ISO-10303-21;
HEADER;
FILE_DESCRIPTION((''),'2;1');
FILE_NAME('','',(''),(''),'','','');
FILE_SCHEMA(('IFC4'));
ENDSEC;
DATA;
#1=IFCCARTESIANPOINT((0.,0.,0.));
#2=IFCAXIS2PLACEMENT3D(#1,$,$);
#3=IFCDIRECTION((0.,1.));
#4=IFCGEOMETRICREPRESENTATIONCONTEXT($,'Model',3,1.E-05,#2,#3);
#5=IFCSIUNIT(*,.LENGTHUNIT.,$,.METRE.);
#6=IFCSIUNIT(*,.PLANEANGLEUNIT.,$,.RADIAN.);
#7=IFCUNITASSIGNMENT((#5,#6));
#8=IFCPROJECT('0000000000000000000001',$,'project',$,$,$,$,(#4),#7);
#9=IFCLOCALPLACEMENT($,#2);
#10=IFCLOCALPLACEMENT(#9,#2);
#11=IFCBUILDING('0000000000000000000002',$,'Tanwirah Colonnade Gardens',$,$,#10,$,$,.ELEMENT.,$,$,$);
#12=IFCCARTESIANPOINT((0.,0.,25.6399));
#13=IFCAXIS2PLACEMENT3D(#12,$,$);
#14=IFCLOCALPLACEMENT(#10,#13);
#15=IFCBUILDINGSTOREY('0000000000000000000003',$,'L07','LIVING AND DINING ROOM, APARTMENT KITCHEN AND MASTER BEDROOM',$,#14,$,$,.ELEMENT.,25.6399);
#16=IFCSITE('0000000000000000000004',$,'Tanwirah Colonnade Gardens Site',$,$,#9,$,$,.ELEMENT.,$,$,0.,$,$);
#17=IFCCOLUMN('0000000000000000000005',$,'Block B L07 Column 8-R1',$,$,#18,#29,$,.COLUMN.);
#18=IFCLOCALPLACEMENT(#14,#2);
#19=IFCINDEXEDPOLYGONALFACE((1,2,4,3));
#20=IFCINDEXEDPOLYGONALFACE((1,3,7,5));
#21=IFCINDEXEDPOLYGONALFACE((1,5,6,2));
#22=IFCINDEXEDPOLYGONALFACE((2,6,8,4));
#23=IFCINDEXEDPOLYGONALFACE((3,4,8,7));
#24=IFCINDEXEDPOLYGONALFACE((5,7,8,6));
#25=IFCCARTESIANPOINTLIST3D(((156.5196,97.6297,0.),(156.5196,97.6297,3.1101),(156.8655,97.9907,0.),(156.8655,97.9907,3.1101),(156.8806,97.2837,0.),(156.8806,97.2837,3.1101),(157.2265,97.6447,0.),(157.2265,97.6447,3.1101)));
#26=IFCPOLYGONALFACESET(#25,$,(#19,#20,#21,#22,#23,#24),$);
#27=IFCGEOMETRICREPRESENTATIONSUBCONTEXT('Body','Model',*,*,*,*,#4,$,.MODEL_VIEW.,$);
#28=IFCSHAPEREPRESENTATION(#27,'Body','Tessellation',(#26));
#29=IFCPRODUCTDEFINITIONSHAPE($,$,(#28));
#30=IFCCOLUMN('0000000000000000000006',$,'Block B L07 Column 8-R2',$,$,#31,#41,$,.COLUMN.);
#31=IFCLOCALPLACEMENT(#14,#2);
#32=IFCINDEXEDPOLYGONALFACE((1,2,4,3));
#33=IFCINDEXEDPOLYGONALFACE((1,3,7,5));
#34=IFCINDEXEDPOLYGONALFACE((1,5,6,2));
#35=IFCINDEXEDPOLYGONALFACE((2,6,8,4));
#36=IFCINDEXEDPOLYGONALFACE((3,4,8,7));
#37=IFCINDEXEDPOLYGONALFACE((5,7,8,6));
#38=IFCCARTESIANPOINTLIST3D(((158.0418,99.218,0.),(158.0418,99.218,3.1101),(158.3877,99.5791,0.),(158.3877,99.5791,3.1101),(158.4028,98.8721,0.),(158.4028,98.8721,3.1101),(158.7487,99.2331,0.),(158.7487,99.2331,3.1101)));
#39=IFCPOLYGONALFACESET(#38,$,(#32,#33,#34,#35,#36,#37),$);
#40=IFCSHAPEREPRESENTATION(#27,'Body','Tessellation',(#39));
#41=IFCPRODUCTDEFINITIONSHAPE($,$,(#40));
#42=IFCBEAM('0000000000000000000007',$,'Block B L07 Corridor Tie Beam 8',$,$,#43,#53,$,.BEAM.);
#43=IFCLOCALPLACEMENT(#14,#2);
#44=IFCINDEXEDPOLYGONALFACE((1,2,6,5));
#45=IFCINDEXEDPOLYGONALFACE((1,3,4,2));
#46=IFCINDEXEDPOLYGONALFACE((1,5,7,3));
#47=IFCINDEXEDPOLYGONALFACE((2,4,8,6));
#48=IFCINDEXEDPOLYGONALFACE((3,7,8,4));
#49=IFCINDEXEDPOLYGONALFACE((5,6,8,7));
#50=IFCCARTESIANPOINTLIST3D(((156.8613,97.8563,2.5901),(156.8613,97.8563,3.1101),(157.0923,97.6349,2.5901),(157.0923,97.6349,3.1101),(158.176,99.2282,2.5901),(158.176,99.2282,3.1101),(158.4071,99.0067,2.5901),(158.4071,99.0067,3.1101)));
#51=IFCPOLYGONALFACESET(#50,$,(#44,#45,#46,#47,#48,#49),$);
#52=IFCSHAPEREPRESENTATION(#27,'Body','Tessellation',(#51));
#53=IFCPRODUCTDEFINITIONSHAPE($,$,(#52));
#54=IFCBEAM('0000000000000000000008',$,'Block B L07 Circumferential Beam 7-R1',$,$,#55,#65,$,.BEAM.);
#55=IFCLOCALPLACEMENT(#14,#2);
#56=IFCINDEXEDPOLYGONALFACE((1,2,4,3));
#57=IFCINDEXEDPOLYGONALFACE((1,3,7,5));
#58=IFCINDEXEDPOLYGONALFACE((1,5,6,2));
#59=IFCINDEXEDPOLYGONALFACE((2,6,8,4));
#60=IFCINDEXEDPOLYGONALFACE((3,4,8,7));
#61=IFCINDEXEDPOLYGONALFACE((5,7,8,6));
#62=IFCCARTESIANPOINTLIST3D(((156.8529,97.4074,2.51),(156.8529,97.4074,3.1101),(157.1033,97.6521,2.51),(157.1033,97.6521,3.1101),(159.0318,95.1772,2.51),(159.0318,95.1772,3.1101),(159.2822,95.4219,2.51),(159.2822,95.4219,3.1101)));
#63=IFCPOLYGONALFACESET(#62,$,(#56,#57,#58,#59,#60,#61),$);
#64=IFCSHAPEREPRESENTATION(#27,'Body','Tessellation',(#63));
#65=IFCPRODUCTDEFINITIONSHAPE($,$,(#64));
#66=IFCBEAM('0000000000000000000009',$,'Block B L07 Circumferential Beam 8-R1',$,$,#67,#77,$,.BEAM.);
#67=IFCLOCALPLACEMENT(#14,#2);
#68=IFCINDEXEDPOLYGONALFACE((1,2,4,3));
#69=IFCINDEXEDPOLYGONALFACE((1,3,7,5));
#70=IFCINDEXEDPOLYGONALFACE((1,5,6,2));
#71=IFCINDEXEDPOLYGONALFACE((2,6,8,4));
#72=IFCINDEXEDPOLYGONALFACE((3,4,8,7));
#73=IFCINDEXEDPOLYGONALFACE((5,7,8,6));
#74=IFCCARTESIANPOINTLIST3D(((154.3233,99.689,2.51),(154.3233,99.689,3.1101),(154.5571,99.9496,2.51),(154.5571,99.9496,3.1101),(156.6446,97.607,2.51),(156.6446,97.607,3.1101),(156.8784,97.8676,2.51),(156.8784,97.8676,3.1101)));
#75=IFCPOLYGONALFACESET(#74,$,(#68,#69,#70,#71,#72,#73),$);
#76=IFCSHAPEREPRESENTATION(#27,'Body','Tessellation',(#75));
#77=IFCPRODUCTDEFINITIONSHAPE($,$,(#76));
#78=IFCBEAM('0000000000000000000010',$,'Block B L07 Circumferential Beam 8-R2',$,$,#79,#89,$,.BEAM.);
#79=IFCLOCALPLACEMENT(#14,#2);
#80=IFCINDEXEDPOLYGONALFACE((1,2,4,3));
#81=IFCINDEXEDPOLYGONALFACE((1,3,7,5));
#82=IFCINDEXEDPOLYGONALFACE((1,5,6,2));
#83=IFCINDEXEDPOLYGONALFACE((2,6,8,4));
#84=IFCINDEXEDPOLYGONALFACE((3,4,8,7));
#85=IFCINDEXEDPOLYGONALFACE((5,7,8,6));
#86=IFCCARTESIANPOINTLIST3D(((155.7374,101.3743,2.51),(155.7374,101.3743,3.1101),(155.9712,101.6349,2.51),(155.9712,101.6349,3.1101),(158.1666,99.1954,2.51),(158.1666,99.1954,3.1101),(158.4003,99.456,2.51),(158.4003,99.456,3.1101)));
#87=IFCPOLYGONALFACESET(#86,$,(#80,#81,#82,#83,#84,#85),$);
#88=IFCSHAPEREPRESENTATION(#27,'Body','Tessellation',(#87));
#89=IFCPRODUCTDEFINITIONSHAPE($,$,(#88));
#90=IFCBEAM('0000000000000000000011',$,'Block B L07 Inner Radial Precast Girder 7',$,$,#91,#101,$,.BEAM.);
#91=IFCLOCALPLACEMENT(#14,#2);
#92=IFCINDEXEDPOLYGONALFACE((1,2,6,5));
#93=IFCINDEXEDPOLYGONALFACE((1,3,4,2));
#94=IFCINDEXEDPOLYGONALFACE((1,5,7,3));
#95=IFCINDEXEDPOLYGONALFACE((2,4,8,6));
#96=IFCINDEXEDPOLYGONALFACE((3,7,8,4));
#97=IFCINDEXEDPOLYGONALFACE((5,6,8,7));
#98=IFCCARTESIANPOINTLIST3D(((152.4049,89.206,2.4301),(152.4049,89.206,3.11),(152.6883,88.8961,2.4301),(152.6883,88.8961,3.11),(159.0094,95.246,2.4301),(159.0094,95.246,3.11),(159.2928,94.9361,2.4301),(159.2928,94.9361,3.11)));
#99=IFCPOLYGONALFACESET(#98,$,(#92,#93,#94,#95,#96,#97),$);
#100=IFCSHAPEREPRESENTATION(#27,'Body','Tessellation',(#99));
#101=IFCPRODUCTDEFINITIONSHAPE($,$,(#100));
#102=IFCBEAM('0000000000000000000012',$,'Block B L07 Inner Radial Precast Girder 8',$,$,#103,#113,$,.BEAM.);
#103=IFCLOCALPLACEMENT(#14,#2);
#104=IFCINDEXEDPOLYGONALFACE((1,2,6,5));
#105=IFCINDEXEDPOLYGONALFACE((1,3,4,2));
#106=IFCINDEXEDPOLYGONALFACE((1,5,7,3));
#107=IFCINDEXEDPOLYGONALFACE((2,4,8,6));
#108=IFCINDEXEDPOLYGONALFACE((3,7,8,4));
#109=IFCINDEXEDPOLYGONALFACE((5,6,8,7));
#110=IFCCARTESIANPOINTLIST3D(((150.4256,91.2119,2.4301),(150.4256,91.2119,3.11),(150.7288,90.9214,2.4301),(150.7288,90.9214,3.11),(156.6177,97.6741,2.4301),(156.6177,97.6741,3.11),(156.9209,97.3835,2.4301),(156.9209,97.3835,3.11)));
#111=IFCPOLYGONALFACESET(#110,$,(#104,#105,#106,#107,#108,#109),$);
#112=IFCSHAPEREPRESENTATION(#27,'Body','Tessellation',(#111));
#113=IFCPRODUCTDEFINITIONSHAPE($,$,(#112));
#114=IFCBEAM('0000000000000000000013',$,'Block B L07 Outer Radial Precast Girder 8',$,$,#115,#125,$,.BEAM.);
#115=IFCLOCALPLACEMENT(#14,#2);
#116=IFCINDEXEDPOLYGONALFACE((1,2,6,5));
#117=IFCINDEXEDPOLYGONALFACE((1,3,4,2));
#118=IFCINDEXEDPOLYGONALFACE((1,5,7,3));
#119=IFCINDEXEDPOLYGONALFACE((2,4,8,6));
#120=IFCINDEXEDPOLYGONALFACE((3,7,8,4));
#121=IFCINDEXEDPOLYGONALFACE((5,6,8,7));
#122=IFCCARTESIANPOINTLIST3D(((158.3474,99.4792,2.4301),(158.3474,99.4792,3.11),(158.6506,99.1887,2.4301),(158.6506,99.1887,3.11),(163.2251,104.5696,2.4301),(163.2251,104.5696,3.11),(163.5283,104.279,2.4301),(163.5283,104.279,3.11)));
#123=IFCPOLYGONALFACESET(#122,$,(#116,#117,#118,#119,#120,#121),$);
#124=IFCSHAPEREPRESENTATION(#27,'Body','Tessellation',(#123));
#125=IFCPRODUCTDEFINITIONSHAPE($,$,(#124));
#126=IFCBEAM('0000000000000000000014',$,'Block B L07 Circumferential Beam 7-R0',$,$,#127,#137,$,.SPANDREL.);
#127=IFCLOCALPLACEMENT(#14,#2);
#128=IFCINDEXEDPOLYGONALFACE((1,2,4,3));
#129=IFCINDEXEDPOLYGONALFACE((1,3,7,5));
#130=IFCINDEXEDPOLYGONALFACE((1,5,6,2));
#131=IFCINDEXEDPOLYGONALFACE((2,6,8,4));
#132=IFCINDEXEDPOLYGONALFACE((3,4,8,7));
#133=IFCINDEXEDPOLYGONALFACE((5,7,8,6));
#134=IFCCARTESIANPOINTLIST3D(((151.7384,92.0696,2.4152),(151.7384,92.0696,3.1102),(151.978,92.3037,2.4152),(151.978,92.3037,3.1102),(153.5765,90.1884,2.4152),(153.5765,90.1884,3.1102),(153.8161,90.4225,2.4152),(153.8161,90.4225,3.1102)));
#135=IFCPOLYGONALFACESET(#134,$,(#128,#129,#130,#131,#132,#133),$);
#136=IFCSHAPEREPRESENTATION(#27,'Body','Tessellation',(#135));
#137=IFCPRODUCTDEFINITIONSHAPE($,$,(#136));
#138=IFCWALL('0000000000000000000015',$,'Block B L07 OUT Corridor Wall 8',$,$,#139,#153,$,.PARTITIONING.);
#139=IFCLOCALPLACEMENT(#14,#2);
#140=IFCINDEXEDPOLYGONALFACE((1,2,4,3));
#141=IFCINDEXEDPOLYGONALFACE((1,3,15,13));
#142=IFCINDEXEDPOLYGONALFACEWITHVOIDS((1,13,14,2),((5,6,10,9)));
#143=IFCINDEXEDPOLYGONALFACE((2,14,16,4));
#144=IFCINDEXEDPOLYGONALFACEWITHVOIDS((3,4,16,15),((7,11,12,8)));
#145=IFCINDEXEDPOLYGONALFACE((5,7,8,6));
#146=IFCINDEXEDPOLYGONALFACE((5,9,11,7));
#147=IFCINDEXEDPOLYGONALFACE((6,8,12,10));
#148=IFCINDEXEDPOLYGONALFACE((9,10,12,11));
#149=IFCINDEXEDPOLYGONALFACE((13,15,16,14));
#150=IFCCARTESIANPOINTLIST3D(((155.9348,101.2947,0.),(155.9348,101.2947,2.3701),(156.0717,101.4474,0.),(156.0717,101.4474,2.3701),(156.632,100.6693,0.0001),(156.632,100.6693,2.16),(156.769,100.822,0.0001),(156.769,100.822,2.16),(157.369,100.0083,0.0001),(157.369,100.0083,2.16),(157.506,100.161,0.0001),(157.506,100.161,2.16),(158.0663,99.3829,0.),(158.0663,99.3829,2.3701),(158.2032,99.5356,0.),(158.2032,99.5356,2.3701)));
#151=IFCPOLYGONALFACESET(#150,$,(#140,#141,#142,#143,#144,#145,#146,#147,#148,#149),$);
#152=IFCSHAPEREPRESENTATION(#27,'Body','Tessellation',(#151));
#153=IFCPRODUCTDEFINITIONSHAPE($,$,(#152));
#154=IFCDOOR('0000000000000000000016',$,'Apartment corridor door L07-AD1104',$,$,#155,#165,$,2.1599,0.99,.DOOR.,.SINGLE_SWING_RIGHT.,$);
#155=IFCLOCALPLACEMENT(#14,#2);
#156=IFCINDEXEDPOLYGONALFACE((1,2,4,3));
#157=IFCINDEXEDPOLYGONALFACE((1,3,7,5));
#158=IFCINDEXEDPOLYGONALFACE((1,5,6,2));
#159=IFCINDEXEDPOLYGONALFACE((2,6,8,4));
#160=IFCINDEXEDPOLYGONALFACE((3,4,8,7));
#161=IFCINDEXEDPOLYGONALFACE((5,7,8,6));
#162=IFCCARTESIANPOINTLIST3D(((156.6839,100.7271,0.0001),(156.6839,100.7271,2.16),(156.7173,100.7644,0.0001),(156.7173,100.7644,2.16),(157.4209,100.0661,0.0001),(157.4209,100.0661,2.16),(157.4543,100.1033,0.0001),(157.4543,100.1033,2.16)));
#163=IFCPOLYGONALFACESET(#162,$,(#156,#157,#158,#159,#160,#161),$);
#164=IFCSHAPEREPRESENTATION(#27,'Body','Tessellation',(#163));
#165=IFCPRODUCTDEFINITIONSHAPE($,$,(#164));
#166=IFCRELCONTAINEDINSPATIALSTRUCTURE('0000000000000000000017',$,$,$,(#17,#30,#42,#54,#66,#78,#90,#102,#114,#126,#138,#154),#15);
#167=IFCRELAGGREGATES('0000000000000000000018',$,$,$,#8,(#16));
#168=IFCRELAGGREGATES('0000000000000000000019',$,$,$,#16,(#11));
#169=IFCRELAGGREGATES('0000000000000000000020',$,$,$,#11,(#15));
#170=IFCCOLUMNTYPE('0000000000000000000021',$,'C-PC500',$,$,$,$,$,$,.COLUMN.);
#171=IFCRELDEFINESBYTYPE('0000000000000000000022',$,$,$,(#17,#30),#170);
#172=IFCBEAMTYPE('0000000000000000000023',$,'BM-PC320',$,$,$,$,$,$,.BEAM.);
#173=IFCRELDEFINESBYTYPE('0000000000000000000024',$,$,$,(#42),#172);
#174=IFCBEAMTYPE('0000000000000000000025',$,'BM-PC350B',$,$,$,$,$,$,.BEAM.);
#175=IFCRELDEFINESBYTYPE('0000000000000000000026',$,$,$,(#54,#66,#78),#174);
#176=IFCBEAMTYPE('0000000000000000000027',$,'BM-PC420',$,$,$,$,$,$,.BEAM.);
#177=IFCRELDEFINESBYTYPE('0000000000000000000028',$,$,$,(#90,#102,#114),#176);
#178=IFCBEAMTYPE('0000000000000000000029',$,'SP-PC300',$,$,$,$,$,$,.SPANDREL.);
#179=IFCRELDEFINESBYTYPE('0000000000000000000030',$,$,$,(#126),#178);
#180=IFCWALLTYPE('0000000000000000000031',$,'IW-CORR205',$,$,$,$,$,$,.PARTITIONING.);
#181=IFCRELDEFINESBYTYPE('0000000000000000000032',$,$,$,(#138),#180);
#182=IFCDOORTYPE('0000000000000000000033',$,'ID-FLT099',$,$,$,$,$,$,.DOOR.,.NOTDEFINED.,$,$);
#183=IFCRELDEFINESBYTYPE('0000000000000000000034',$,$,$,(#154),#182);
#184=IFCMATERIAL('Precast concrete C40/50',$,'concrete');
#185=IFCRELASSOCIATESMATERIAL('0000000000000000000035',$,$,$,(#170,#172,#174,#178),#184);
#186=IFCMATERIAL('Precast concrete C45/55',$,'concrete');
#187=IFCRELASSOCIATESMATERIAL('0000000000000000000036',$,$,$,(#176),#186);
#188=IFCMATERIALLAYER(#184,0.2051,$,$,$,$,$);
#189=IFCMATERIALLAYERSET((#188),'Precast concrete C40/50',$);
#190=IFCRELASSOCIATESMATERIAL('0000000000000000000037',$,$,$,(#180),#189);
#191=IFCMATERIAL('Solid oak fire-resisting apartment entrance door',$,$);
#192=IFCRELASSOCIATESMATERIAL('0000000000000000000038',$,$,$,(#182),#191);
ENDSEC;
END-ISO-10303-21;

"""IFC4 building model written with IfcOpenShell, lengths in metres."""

from ifc_helpers import new_model, si_unit, direction, frame, frame_2d, origin, origin_2d, place, context, subcontext, project, spatial, rectangle, extrude, material, layer, layer_set, material_profile, profile_set, type_object, element, fill, save


model = new_model("IFC4")

# Units and contexts
model_context = context("Model", 3, precision=1e-05, world=origin(), true_north=direction((0.0, 1.0)))
body_context = subcontext(model_context, "Body", "Model", "MODEL_VIEW")
ifc_project = project(units=[si_unit("LENGTHUNIT", "METRE"), si_unit("PLANEANGLEUNIT", "RADIAN")], contexts=[model_context])

# Site, building, storey
site_placement = place(None, origin())
site = spatial("IfcSite", under=ifc_project, at=site_placement, Name="Tanwirah Colonnade Gardens Site", CompositionType="ELEMENT", RefElevation=0.0)
building_placement = place(site_placement, origin())
building = spatial("IfcBuilding", under=site, at=building_placement, Name="Tanwirah Colonnade Gardens", CompositionType="ELEMENT")
storey_placement = place(building_placement, frame((0.0, 0.0, 25.6399)))
storey = spatial("IfcBuildingStorey", under=building, at=storey_placement, Name="L07", Description="LIVING AND DINING ROOM, APARTMENT KITCHEN AND MASTER BEDROOM", CompositionType="ELEMENT", Elevation=25.6399)

# Columns
ifc_material_1 = material(Name="Precast concrete C40/50", Category="concrete")
ifc_material_profile_1 = material_profile(ifc_material_1, rectangle(XDim=0.5, YDim=0.5, at=origin_2d()), Name="PC-COL 500x500")
ifc_profile_set_1 = profile_set([ifc_material_profile_1], Name="Precast concrete C40/50")
column_type = type_object("IfcColumnType", Name="C-PC500", PredefinedType="COLUMN", material=ifc_profile_set_1)
for number, where, z_axis, x_axis, name in (
    (1, (156.873, 97.6372, 0.0), (0.0, 0.0, 1.0), (0.691863, 0.722029, 0.0), "Block B L07 Column 8-R1"),
    (2, (158.3953, 99.2256, 0.0), (0.0, 0.0, 1.0), (0.691863, 0.722029, 0.0), "Block B L07 Column 8-R2"),
):
    element("IfcColumn", number, at=place(storey_placement, frame(where, z_axis=z_axis, x_axis=x_axis)), inside=storey, type_object=column_type, Name=name, PredefinedType="COLUMN", context=body_context, shape_type="SweptSolid", body=[
        extrude(rectangle(XDim=0.5, YDim=0.5, at=origin_2d()), origin(), (0.0, 0.0, 1.0), 3.1101),
    ])

# Beams
ifc_material_profile_2 = material_profile(ifc_material_1, rectangle(XDim=0.3201, YDim=0.52, at=origin_2d()), Name="PC-BM 320x520")
ifc_profile_set_2 = profile_set([ifc_material_profile_2], Name="Precast concrete C40/50")
beam_type_1 = type_object("IfcBeamType", Name="BM-PC320", PredefinedType="BEAM", material=ifc_profile_set_2)
beam_1_placement = place(storey_placement, frame((156.9768, 97.7456, 2.8501), z_axis=(0.691914, 0.72198, 0.0), x_axis=(-0.72198, 0.691914, 0.0)))
element("IfcBeam", 3, at=beam_1_placement, inside=storey, type_object=beam_type_1, Name="Block B L07 Corridor Tie Beam 8", PredefinedType="BEAM", context=body_context, shape_type="SweptSolid", body=[
    extrude(rectangle(XDim=0.3201, YDim=0.52, at=origin_2d()), origin(), (0.0, 0.0, 1.0), 1.9001),
])
ifc_material_profile_3 = material_profile(ifc_material_1, rectangle(XDim=0.3501, YDim=0.6001, at=origin_2d()), Name="PC-BM 350x600")
ifc_profile_set_3 = profile_set([ifc_material_profile_3], Name="Precast concrete C40/50")
beam_type_2 = type_object("IfcBeamType", Name="BM-PC350B", PredefinedType="BEAM", material=ifc_profile_set_3)
beam_2_placement = place(storey_placement, frame((159.157, 95.2996, 2.8101), z_axis=(-0.698837, 0.715281, 0.0), x_axis=(-0.715281, -0.698837, 0.0)))
element("IfcBeam", 4, at=beam_2_placement, inside=storey, type_object=beam_type_2, Name="Block B L07 Circumferential Beam 7-R1", PredefinedType="BEAM", context=body_context, shape_type="SweptSolid", body=[
    extrude(rectangle(XDim=0.3501, YDim=0.6001, at=origin_2d()), origin(), (0.0, 0.0, 1.0), 3.1179),
])
beam_3_placement = place(storey_placement, frame((156.7615, 97.7373, 2.8101), z_axis=(-0.74443, 0.667701, 0.0), x_axis=(-0.667701, -0.74443, 0.0)))
element("IfcBeam", 5, at=beam_3_placement, inside=storey, type_object=beam_type_2, Name="Block B L07 Circumferential Beam 8-R1", PredefinedType="BEAM", context=body_context, shape_type="SweptSolid", body=[
    extrude(rectangle(XDim=0.3501, YDim=0.6001, at=origin_2d()), origin(), (0.0, 0.0, 1.0), 3.1182),
])
beam_4_placement = place(storey_placement, frame((158.2834, 99.3257, 2.8101), z_axis=(-0.744409, 0.667724, 0.0), x_axis=(-0.667724, -0.744409, 0.0)))
element("IfcBeam", 6, at=beam_4_placement, inside=storey, type_object=beam_type_2, Name="Block B L07 Circumferential Beam 8-R2", PredefinedType="BEAM", context=body_context, shape_type="SweptSolid", body=[
    extrude(rectangle(XDim=0.3501, YDim=0.6001, at=origin_2d()), origin(), (0.0, 0.0, 1.0), 3.2632),
])
ifc_material_2 = material(Name="Precast concrete C45/55", Category="concrete")
ifc_material_profile_4 = material_profile(ifc_material_2, rectangle(XDim=0.4199, YDim=0.6799, at=origin_2d()), Name="PC-BM 420x680")
ifc_profile_set_4 = profile_set([ifc_material_profile_4], Name="Precast concrete C45/55")
beam_type_3 = type_object("IfcBeamType", Name="BM-PC420", PredefinedType="BEAM", material=ifc_profile_set_4)
for number, where, z_axis, x_axis, name in (
    (7, (159.1511, 95.0911, 2.77), (-0.737937, -0.674869, 0.0), (0.674869, -0.737937, 0.0), "Block B L07 Inner Radial Precast Girder 7"),
    (8, (156.7693, 97.5288, 2.77), (-0.691861, -0.722031, 0.0), (0.722031, -0.691861, 0.0), "Block B L07 Inner Radial Precast Girder 8"),
):
    element("IfcBeam", number, at=place(storey_placement, frame(where, z_axis=z_axis, x_axis=x_axis)), inside=storey, type_object=beam_type_3, Name=name, PredefinedType="BEAM", context=body_context, shape_type="SweptSolid", body=[
        extrude(rectangle(XDim=0.4199, YDim=0.6799, at=origin_2d()), origin(), (0.0, 0.0, 1.0), 8.95),
    ])
beam_5_placement = place(storey_placement, frame((158.499, 99.334, 2.77), z_axis=(0.691865, 0.722027, 0.0), x_axis=(-0.722027, 0.691865, 0.0)))
element("IfcBeam", 9, at=beam_5_placement, inside=storey, type_object=beam_type_3, Name="Block B L07 Outer Radial Precast Girder 8", PredefinedType="BEAM", context=body_context, shape_type="SweptSolid", body=[
    extrude(rectangle(XDim=0.4199, YDim=0.6799, at=origin_2d()), origin(), (0.0, 0.0, 1.0), 7.05),
])
ifc_material_profile_5 = material_profile(ifc_material_1, rectangle(XDim=0.335, YDim=0.6951, at=origin_2d()), Name="PC-SP 335x695")
ifc_profile_set_5 = profile_set([ifc_material_profile_5], Name="Precast concrete C40/50")
beam_type_4 = type_object("IfcBeamType", Name="SP-PC300", PredefinedType="SPANDREL", material=ifc_profile_set_5)
beam_6_placement = place(storey_placement, frame((153.6963, 90.3054, 2.7627), z_axis=(-0.698844, 0.715274, 0.0), x_axis=(-0.715274, -0.698844, 0.0)))
element("IfcBeam", 10, at=beam_6_placement, inside=storey, type_object=beam_type_4, Name="Block B L07 Circumferential Beam 7-R0", PredefinedType="SPANDREL", context=body_context, shape_type="SweptSolid", body=[
    extrude(rectangle(XDim=0.335, YDim=0.6951, at=origin_2d()), origin(), (0.0, 0.0, 1.0), 2.6301),
])

# Wall, opening, door
ifc_layer_1 = layer(ifc_material_1, 0.2051)
ifc_layer_set_1 = layer_set([ifc_layer_1], Name="Precast concrete C40/50")
wall_type_1 = type_object("IfcWallType", Name="IW-CORR205", PredefinedType="PARTITIONING", material=ifc_layer_set_1)
ifc_material_3 = material(Name="Solid oak fire-resisting apartment entrance door")
wall_1_placement = place(storey_placement, frame((158.1348, 99.4592, 0.0), z_axis=(0.0, 0.0, 1.0), x_axis=(-0.744434, 0.667697, 0.0)))
wall_1 = element("IfcWall", 11, at=wall_1_placement, inside=storey, type_object=wall_type_1, Name="Block B L07 OUT Corridor Wall 8", PredefinedType="PARTITIONING", context=body_context, shape_type="SweptSolid", body=[
    extrude(rectangle(XDim=2.8633, YDim=0.2051, at=frame_2d((1.4316, 0.0))), origin(), (0.0, 0.0, 1.0), 2.3701),
])
opening_1_placement = place(wall_1_placement, frame((0.9365, 0.0, 0.0)))
opening_1 = element("IfcOpeningElement", 12, at=opening_1_placement, cuts=wall_1, PredefinedType="OPENING", context=body_context, shape_type="SweptSolid", body=[
    extrude(rectangle(XDim=0.99, YDim=2.1599, at=frame_2d((0.4951, 1.0801))), frame((0.0, 0.1125, 0.0), z_axis=(0.0, -1.0, 0.0), x_axis=(1.0, 0.0, 0.0)), (0.0, 0.0, 1.0), 0.2251),
])
door_type_1 = type_object("IfcDoorType", Name="ID-FLT099", OperationType="NOTDEFINED", PredefinedType="DOOR", material=ifc_material_3)
door_1_placement = place(opening_1_placement, origin())
door_1 = element("IfcDoor", 13, at=door_1_placement, inside=storey, type_object=door_type_1, Name="Apartment corridor door L07-AD1104", OperationType="SINGLE_SWING_RIGHT", OverallHeight=2.1599, OverallWidth=0.99, PredefinedType="DOOR", context=body_context, shape_type="SweptSolid", body=[
    extrude(rectangle(XDim=0.99, YDim=2.1599, at=frame_2d((0.4951, 1.0801))), frame((0.0, 0.0249, 0.0), z_axis=(0.0, -1.0, 0.0), x_axis=(1.0, 0.0, 0.0)), (0.0, 0.0, 1.0), 0.05),
])
fill(opening_1, door_1)

save(model, "model.ifc")
